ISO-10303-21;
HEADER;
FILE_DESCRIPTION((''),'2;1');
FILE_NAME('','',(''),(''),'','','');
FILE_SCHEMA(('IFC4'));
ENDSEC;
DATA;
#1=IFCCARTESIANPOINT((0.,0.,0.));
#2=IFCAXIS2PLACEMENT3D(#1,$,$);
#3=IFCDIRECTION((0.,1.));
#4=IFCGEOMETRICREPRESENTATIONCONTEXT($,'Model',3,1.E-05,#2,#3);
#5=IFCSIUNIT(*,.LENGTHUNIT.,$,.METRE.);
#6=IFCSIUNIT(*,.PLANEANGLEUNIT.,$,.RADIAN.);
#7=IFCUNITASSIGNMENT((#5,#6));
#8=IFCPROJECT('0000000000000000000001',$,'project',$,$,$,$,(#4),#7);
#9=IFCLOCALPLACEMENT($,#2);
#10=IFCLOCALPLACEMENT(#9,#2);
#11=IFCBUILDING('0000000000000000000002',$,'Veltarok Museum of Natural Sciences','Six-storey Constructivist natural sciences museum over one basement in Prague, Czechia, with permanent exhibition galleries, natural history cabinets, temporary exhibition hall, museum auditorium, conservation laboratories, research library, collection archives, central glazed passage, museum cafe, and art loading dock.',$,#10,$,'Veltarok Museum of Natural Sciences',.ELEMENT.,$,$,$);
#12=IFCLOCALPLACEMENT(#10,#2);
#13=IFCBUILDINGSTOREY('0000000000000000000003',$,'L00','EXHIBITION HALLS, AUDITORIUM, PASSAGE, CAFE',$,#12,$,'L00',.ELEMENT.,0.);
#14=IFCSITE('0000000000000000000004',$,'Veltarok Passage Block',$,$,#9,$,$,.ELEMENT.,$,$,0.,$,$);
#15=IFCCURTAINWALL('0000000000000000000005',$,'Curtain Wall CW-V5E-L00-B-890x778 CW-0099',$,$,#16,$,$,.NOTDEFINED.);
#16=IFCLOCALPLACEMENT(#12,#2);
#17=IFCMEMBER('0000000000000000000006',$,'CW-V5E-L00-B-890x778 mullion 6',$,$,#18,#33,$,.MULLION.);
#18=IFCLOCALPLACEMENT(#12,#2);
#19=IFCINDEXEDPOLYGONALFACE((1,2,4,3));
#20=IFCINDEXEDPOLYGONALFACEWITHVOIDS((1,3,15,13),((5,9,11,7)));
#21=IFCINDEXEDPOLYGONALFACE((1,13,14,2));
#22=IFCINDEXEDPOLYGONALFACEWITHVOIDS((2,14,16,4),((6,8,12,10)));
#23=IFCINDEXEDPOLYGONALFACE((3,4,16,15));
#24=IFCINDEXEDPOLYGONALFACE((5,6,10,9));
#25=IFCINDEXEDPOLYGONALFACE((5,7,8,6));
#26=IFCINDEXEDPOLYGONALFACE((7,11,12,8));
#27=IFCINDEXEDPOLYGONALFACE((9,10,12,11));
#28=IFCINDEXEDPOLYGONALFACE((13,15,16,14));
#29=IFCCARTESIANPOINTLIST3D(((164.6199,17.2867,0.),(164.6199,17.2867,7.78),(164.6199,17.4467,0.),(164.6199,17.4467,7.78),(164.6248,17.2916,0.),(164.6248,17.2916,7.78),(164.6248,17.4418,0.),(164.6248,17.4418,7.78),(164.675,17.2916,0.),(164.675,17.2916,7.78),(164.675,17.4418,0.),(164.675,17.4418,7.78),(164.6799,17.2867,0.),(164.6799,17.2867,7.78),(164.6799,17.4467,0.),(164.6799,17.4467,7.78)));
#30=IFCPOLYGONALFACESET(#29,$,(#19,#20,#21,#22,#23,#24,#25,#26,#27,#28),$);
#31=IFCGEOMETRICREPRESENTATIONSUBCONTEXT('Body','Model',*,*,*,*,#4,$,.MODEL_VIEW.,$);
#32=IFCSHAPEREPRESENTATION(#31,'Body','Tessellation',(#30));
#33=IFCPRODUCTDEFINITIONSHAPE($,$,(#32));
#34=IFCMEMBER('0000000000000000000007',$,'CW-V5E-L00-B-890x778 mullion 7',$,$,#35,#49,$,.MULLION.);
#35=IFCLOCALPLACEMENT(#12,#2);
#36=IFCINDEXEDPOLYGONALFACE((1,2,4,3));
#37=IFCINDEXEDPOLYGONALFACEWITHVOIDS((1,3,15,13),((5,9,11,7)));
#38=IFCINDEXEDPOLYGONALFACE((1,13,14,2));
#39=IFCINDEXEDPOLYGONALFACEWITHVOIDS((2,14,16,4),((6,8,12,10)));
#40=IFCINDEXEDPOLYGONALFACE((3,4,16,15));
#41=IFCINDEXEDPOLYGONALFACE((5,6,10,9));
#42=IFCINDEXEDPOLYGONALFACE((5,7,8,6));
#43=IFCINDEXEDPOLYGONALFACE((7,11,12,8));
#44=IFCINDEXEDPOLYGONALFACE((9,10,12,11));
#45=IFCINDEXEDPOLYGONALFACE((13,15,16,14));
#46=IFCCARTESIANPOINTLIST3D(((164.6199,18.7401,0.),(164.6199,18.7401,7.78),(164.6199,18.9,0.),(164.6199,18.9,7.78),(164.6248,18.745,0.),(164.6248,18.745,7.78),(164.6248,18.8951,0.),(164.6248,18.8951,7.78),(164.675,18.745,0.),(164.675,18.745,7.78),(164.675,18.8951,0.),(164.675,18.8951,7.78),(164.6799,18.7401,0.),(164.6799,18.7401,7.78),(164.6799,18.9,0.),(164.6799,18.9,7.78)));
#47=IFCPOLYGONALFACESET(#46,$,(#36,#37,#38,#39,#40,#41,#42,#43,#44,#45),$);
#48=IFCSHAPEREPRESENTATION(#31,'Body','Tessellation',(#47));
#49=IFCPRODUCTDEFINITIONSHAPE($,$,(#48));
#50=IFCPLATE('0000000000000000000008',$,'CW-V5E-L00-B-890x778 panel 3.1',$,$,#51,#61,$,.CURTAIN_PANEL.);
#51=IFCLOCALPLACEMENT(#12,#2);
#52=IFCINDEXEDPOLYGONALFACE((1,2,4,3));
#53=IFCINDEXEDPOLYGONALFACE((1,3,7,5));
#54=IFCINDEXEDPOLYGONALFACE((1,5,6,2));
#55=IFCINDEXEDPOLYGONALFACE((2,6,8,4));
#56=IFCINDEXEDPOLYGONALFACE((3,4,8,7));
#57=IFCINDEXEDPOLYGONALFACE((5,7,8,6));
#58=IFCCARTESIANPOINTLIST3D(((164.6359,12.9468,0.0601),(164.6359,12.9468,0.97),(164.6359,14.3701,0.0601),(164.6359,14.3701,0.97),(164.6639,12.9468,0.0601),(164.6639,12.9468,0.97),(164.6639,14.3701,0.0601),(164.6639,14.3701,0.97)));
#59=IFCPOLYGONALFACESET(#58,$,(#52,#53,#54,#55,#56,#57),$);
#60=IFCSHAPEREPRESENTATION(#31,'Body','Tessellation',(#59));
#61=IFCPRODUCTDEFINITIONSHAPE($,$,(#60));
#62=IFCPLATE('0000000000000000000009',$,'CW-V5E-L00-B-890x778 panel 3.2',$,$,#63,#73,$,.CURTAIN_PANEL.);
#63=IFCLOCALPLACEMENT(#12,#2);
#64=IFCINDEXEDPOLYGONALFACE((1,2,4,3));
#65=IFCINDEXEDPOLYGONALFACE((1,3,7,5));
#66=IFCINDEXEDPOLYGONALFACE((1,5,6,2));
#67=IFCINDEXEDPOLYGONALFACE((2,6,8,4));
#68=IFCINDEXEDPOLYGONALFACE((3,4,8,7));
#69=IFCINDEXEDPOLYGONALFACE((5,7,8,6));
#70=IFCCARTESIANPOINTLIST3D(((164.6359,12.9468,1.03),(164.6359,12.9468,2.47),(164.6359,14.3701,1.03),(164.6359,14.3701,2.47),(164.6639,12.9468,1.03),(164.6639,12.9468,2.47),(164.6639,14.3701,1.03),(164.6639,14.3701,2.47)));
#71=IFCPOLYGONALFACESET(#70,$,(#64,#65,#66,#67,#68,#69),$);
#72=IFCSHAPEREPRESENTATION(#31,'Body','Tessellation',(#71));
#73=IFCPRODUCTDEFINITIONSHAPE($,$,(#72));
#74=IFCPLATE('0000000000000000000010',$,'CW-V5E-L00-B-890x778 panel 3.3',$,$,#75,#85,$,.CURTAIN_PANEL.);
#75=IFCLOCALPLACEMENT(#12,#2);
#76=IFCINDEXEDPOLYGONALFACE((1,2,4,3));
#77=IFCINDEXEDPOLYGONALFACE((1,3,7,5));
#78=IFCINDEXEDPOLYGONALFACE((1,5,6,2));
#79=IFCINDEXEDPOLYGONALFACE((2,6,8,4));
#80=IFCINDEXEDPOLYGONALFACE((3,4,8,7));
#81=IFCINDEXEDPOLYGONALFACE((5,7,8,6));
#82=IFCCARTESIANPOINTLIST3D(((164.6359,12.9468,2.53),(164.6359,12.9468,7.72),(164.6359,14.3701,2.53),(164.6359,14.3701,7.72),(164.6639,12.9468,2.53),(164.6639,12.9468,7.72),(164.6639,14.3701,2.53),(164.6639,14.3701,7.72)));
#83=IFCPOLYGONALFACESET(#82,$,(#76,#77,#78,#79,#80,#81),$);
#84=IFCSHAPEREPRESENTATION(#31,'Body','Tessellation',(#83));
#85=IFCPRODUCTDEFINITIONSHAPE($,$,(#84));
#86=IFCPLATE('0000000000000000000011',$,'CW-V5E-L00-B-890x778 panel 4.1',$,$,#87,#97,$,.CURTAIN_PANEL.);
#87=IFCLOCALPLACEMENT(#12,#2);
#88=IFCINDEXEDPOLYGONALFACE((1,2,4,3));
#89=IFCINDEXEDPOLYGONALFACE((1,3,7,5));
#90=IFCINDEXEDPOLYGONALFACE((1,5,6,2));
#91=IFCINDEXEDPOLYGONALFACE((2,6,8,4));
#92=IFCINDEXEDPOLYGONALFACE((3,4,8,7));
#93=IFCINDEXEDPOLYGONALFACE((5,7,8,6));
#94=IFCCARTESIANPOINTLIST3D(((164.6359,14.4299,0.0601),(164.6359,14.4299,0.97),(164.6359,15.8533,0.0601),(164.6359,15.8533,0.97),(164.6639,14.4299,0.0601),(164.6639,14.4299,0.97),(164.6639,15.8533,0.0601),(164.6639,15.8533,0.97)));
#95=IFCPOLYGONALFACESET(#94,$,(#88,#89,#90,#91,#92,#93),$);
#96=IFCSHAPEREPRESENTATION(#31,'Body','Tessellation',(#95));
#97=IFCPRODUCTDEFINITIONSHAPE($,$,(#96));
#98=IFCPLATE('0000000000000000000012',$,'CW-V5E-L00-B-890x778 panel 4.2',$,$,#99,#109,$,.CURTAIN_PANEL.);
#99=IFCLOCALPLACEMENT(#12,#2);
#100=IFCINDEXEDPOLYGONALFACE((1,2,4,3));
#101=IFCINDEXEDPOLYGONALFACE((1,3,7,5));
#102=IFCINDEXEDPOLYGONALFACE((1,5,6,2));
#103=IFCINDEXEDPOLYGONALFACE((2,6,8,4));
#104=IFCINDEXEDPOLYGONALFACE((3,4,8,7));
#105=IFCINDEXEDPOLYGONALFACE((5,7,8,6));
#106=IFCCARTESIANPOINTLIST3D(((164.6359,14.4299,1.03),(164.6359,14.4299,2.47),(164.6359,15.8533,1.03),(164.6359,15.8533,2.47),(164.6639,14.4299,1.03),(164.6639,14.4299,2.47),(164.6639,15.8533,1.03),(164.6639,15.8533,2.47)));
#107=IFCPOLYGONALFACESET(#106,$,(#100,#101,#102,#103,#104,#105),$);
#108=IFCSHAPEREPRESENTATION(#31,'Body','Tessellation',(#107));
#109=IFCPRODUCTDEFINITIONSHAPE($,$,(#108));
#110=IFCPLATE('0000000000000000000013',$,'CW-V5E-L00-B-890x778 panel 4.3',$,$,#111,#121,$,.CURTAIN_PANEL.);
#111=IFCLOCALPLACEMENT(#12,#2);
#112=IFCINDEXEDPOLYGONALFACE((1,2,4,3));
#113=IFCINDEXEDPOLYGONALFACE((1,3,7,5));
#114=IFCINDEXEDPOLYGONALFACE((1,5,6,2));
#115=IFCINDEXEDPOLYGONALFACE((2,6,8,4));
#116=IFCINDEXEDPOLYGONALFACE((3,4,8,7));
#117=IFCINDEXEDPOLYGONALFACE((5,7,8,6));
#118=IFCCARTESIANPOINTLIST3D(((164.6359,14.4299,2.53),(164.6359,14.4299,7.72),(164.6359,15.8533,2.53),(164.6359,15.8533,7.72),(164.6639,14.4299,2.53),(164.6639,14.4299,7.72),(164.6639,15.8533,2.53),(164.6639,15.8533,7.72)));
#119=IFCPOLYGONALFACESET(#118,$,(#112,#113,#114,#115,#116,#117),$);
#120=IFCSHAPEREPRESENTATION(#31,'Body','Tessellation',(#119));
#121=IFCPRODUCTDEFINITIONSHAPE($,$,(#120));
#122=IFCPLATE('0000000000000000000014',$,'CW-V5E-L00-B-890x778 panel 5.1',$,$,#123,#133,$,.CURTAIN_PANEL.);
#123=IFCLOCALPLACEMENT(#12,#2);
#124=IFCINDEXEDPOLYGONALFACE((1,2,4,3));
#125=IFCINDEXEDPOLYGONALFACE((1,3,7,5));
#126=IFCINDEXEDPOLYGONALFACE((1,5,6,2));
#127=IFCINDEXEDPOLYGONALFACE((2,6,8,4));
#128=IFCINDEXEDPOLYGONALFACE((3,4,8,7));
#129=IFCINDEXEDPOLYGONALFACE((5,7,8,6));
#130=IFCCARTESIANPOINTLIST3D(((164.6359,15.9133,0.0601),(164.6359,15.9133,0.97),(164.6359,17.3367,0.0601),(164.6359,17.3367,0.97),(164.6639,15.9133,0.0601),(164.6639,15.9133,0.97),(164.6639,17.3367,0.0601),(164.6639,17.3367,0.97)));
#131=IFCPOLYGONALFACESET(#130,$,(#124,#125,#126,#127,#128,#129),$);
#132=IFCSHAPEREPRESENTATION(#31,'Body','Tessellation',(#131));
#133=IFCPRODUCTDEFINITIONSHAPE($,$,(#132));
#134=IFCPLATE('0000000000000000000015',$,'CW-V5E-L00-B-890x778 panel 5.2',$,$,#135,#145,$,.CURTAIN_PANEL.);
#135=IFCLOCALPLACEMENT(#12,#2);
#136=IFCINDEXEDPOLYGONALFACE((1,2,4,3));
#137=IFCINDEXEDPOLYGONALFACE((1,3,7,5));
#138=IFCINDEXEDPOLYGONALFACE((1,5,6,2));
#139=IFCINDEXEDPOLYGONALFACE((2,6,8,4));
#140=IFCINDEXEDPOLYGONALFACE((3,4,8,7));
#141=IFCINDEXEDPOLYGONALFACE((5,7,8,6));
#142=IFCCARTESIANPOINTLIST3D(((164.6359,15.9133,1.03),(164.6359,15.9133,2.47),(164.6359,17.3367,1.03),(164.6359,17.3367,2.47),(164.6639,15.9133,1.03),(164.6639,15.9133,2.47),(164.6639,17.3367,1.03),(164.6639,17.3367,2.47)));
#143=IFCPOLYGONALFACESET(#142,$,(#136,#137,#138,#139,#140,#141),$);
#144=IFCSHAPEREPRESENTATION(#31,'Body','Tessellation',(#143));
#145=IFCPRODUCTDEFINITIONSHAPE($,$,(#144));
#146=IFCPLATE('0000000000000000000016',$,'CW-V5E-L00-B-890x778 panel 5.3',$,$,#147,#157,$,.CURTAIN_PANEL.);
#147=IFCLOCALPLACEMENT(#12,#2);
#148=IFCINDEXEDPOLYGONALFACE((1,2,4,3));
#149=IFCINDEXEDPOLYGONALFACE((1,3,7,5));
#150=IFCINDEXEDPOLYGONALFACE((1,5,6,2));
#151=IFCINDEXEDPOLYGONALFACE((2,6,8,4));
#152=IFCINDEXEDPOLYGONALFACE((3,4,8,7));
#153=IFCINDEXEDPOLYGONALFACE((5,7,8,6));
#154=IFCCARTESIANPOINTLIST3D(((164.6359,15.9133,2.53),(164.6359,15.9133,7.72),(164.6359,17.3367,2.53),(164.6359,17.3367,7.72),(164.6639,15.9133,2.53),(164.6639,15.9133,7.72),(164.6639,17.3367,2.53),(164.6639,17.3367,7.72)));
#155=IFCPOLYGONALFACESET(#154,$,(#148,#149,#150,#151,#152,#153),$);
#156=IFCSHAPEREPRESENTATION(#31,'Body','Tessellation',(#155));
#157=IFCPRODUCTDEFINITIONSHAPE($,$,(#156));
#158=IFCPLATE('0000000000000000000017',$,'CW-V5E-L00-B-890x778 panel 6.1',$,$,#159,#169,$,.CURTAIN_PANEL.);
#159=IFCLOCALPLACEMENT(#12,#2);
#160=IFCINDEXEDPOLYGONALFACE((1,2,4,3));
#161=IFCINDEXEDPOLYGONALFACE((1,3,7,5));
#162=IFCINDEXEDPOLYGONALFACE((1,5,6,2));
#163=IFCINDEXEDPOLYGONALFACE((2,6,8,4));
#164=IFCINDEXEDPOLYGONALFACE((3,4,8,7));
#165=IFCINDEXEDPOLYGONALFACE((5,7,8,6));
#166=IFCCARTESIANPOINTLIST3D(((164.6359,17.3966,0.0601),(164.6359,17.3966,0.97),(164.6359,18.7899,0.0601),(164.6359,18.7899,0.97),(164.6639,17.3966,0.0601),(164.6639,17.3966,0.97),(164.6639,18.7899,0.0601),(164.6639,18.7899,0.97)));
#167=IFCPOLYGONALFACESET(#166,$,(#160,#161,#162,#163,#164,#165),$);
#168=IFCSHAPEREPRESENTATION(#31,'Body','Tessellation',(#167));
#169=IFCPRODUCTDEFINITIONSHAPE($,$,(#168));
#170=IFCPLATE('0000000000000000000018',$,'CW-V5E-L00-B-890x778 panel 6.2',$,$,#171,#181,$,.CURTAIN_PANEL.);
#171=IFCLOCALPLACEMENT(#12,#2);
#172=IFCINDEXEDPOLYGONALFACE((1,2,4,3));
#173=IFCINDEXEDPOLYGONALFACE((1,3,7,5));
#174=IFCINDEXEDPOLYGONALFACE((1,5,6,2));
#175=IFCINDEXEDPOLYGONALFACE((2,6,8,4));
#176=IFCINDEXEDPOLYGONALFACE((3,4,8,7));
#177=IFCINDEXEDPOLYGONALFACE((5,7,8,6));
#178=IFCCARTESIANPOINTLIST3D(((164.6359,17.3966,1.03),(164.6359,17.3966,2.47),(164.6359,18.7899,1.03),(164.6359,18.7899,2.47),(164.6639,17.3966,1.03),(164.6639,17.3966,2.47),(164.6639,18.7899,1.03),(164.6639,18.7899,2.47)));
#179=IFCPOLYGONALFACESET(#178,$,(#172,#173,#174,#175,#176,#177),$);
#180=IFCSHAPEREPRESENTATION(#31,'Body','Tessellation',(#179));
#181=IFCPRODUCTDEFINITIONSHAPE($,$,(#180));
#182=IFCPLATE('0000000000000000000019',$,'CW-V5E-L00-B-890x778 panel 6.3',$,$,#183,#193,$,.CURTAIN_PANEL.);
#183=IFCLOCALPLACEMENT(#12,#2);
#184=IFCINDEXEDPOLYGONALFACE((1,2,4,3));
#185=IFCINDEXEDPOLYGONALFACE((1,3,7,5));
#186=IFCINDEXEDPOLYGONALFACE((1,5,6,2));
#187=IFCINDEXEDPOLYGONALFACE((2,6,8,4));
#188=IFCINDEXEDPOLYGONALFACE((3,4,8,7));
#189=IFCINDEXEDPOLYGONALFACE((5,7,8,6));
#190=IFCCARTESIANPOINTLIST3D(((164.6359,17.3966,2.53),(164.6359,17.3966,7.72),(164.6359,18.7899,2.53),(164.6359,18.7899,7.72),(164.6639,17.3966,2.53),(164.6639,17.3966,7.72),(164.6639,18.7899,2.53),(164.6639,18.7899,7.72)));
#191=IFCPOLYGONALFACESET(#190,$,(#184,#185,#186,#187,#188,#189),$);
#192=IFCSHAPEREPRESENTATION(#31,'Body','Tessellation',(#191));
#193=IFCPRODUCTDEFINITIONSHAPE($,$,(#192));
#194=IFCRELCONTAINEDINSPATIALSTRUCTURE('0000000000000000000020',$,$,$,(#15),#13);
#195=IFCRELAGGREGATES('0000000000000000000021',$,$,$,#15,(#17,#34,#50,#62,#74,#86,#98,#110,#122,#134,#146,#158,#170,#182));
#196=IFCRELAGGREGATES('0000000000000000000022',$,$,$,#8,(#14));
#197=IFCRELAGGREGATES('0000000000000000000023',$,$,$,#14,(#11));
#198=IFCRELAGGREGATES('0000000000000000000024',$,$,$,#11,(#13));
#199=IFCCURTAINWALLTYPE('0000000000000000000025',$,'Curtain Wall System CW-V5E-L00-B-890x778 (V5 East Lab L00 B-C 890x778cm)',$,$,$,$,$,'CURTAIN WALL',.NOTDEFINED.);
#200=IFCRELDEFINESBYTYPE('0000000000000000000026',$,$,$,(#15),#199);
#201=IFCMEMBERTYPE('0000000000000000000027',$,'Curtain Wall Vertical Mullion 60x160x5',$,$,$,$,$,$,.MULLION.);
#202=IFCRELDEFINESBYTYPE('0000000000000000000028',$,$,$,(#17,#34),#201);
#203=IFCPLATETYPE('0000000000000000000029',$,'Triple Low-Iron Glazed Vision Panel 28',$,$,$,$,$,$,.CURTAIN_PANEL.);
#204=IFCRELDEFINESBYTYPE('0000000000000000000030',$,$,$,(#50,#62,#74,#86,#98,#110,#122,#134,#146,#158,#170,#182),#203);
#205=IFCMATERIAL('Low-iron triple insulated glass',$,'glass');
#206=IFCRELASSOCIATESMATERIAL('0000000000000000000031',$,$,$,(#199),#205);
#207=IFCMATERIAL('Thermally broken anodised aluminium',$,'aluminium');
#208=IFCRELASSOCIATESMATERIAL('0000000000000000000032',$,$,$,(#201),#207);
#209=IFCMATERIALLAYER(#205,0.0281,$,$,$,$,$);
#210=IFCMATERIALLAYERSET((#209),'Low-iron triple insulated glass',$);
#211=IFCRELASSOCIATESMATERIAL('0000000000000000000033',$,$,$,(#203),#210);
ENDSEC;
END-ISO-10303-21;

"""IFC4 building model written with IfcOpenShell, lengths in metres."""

from ifc_helpers import new_model, si_unit, direction, frame, origin, origin_2d, place, context, subcontext, project, spatial, rectangle, hollow_rectangle, extrude, material, layer, layer_set, material_profile, profile_set, type_object, element, aggregate, save


model = new_model("IFC4")

# Units and contexts
model_context = context("Model", 3, precision=1e-05, world=origin(), true_north=direction((0.0, 1.0)))
body_context = subcontext(model_context, "Body", "Model", "MODEL_VIEW")
ifc_project = project(units=[si_unit("LENGTHUNIT", "METRE"), si_unit("PLANEANGLEUNIT", "RADIAN")], contexts=[model_context])

# Site, building, storey
site_placement = place(None, origin())
site = spatial("IfcSite", under=ifc_project, at=site_placement, Name="Veltarok Passage Block", CompositionType="ELEMENT", RefElevation=0.0)
building_placement = place(site_placement, origin())
building = spatial("IfcBuilding", under=site, at=building_placement, Name="Veltarok Museum of Natural Sciences", Description="Six-storey Constructivist natural sciences museum over one basement in Prague, Czechia, with permanent exhibition galleries, natural history cabinets, temporary exhibition hall, museum auditorium, conservation laboratories, research library, collection archives, central glazed passage, museum cafe, and art loading dock.", LongName="Veltarok Museum of Natural Sciences", CompositionType="ELEMENT")
storey_placement = place(building_placement, origin())
storey = spatial("IfcBuildingStorey", under=building, at=storey_placement, Name="L00", Description="EXHIBITION HALLS, AUDITORIUM, PASSAGE, CAFE", LongName="L00", CompositionType="ELEMENT", Elevation=0.0)

# Curtain wall, members, plates
ifc_material_1 = material(Name="Low-iron triple insulated glass", Category="glass")
curtain_wall_type = type_object("IfcCurtainWallType", Name="Curtain Wall System CW-V5E-L00-B-890x778 (V5 East Lab L00 B-C 890x778cm)", ElementType="CURTAIN WALL", PredefinedType="NOTDEFINED", material=ifc_material_1)
curtain_wall_placement = place(storey_placement, origin())
curtain_wall = element("IfcCurtainWall", 1, at=curtain_wall_placement, inside=storey, type_object=curtain_wall_type, Name="Curtain Wall CW-V5E-L00-B-890x778 CW-0099", PredefinedType="NOTDEFINED")
ifc_material_2 = material(Name="Thermally broken anodised aluminium", Category="aluminium")
ifc_material_profile_1 = material_profile(ifc_material_2, hollow_rectangle(XDim=0.0601, YDim=0.1599, WallThickness=0.0049, at=origin_2d()), Name="CW MULLION 60x160x5")
ifc_profile_set_1 = profile_set([ifc_material_profile_1], Name="Thermally broken anodised aluminium")
member_type_1 = type_object("IfcMemberType", Name="Curtain Wall Vertical Mullion 60x160x5", PredefinedType="MULLION", material=ifc_profile_set_1)
member_1_placement = place(storey_placement, frame((164.6499, 17.3667, 0.0), z_axis=(0.0, 0.0, 1.0), x_axis=(-1.0, 0.0, 0.0)))
member_1 = element("IfcMember", 2, at=member_1_placement, type_object=member_type_1, Name="CW-V5E-L00-B-890x778 mullion 6", PredefinedType="MULLION", context=body_context, shape_type="SweptSolid", body=[
    extrude(hollow_rectangle(XDim=0.0601, YDim=0.1599, WallThickness=0.0049, at=origin_2d()), origin(), (0.0, 0.0, 1.0), 7.78),
])
member_2_placement = place(storey_placement, frame((164.6499, 18.8201, 0.0), z_axis=(0.0, 0.0, 1.0), x_axis=(-1.0, 0.0, 0.0)))
member_2 = element("IfcMember", 3, at=member_2_placement, type_object=member_type_1, Name="CW-V5E-L00-B-890x778 mullion 7", PredefinedType="MULLION", context=body_context, shape_type="SweptSolid", body=[
    extrude(hollow_rectangle(XDim=0.0601, YDim=0.1599, WallThickness=0.0049, at=origin_2d()), origin(), (0.0, 0.0, 1.0), 7.78),
])
ifc_layer = layer(ifc_material_1, 0.0281)
ifc_layer_set = layer_set([ifc_layer], Name="Low-iron triple insulated glass")
plate_type = type_object("IfcPlateType", Name="Triple Low-Iron Glazed Vision Panel 28", PredefinedType="CURTAIN_PANEL", material=ifc_layer_set)
plate_1_placement = place(storey_placement, frame((164.6499, 13.6584, 0.0601), z_axis=(0.0, 0.0, 1.0), x_axis=(0.0, 1.0, 0.0)))
plate_1 = element("IfcPlate", 4, at=plate_1_placement, type_object=plate_type, Name="CW-V5E-L00-B-890x778 panel 3.1", PredefinedType="CURTAIN_PANEL", context=body_context, shape_type="SweptSolid", body=[
    extrude(rectangle(XDim=1.4233, YDim=0.0281, at=origin_2d()), origin(), (0.0, 0.0, 1.0), 0.9099),
])
plate_2_placement = place(storey_placement, frame((164.6499, 13.6584, 1.03), z_axis=(0.0, 0.0, 1.0), x_axis=(0.0, 1.0, 0.0)))
plate_2 = element("IfcPlate", 5, at=plate_2_placement, type_object=plate_type, Name="CW-V5E-L00-B-890x778 panel 3.2", PredefinedType="CURTAIN_PANEL", context=body_context, shape_type="SweptSolid", body=[
    extrude(rectangle(XDim=1.4233, YDim=0.0281, at=origin_2d()), origin(), (0.0, 0.0, 1.0), 1.4399),
])
plate_3_placement = place(storey_placement, frame((164.6499, 13.6584, 2.53), z_axis=(0.0, 0.0, 1.0), x_axis=(0.0, 1.0, 0.0)))
plate_3 = element("IfcPlate", 6, at=plate_3_placement, type_object=plate_type, Name="CW-V5E-L00-B-890x778 panel 3.3", PredefinedType="CURTAIN_PANEL", context=body_context, shape_type="SweptSolid", body=[
    extrude(rectangle(XDim=1.4233, YDim=0.0281, at=origin_2d()), origin(), (0.0, 0.0, 1.0), 5.1899),
])
plate_4_placement = place(storey_placement, frame((164.6499, 15.1416, 0.0601), z_axis=(0.0, 0.0, 1.0), x_axis=(0.0, 1.0, 0.0)))
plate_4 = element("IfcPlate", 7, at=plate_4_placement, type_object=plate_type, Name="CW-V5E-L00-B-890x778 panel 4.1", PredefinedType="CURTAIN_PANEL", context=body_context, shape_type="SweptSolid", body=[
    extrude(rectangle(XDim=1.4233, YDim=0.0281, at=origin_2d()), origin(), (0.0, 0.0, 1.0), 0.9099),
])
plate_5_placement = place(storey_placement, frame((164.6499, 15.1416, 1.03), z_axis=(0.0, 0.0, 1.0), x_axis=(0.0, 1.0, 0.0)))
plate_5 = element("IfcPlate", 8, at=plate_5_placement, type_object=plate_type, Name="CW-V5E-L00-B-890x778 panel 4.2", PredefinedType="CURTAIN_PANEL", context=body_context, shape_type="SweptSolid", body=[
    extrude(rectangle(XDim=1.4233, YDim=0.0281, at=origin_2d()), origin(), (0.0, 0.0, 1.0), 1.4399),
])
plate_6_placement = place(storey_placement, frame((164.6499, 15.1416, 2.53), z_axis=(0.0, 0.0, 1.0), x_axis=(0.0, 1.0, 0.0)))
plate_6 = element("IfcPlate", 9, at=plate_6_placement, type_object=plate_type, Name="CW-V5E-L00-B-890x778 panel 4.3", PredefinedType="CURTAIN_PANEL", context=body_context, shape_type="SweptSolid", body=[
    extrude(rectangle(XDim=1.4233, YDim=0.0281, at=origin_2d()), origin(), (0.0, 0.0, 1.0), 5.1899),
])
plate_7_placement = place(storey_placement, frame((164.6499, 16.625, 0.0601), z_axis=(0.0, 0.0, 1.0), x_axis=(0.0, 1.0, 0.0)))
plate_7 = element("IfcPlate", 10, at=plate_7_placement, type_object=plate_type, Name="CW-V5E-L00-B-890x778 panel 5.1", PredefinedType="CURTAIN_PANEL", context=body_context, shape_type="SweptSolid", body=[
    extrude(rectangle(XDim=1.4233, YDim=0.0281, at=origin_2d()), origin(), (0.0, 0.0, 1.0), 0.9099),
])
plate_8_placement = place(storey_placement, frame((164.6499, 16.625, 1.03), z_axis=(0.0, 0.0, 1.0), x_axis=(0.0, 1.0, 0.0)))
plate_8 = element("IfcPlate", 11, at=plate_8_placement, type_object=plate_type, Name="CW-V5E-L00-B-890x778 panel 5.2", PredefinedType="CURTAIN_PANEL", context=body_context, shape_type="SweptSolid", body=[
    extrude(rectangle(XDim=1.4233, YDim=0.0281, at=origin_2d()), origin(), (0.0, 0.0, 1.0), 1.4399),
])
plate_9_placement = place(storey_placement, frame((164.6499, 16.625, 2.53), z_axis=(0.0, 0.0, 1.0), x_axis=(0.0, 1.0, 0.0)))
plate_9 = element("IfcPlate", 12, at=plate_9_placement, type_object=plate_type, Name="CW-V5E-L00-B-890x778 panel 5.3", PredefinedType="CURTAIN_PANEL", context=body_context, shape_type="SweptSolid", body=[
    extrude(rectangle(XDim=1.4233, YDim=0.0281, at=origin_2d()), origin(), (0.0, 0.0, 1.0), 5.1899),
])
plate_10_placement = place(storey_placement, frame((164.6499, 18.0933, 0.0601), z_axis=(0.0, 0.0, 1.0), x_axis=(0.0, 1.0, 0.0)))
plate_10 = element("IfcPlate", 13, at=plate_10_placement, type_object=plate_type, Name="CW-V5E-L00-B-890x778 panel 6.1", PredefinedType="CURTAIN_PANEL", context=body_context, shape_type="SweptSolid", body=[
    extrude(rectangle(XDim=1.3933, YDim=0.0281, at=origin_2d()), origin(), (0.0, 0.0, 1.0), 0.9099),
])
plate_11_placement = place(storey_placement, frame((164.6499, 18.0933, 1.03), z_axis=(0.0, 0.0, 1.0), x_axis=(0.0, 1.0, 0.0)))
plate_11 = element("IfcPlate", 14, at=plate_11_placement, type_object=plate_type, Name="CW-V5E-L00-B-890x778 panel 6.2", PredefinedType="CURTAIN_PANEL", context=body_context, shape_type="SweptSolid", body=[
    extrude(rectangle(XDim=1.3933, YDim=0.0281, at=origin_2d()), origin(), (0.0, 0.0, 1.0), 1.4399),
])
plate_12_placement = place(storey_placement, frame((164.6499, 18.0933, 2.53), z_axis=(0.0, 0.0, 1.0), x_axis=(0.0, 1.0, 0.0)))
plate_12 = element("IfcPlate", 15, at=plate_12_placement, type_object=plate_type, Name="CW-V5E-L00-B-890x778 panel 6.3", PredefinedType="CURTAIN_PANEL", context=body_context, shape_type="SweptSolid", body=[
    extrude(rectangle(XDim=1.3933, YDim=0.0281, at=origin_2d()), origin(), (0.0, 0.0, 1.0), 5.1899),
])
aggregate(curtain_wall, [member_1, member_2, plate_1, plate_2, plate_3, plate_4, plate_5, plate_6, plate_7, plate_8, plate_9, plate_10, plate_11, plate_12])

save(model, "model.ifc")
